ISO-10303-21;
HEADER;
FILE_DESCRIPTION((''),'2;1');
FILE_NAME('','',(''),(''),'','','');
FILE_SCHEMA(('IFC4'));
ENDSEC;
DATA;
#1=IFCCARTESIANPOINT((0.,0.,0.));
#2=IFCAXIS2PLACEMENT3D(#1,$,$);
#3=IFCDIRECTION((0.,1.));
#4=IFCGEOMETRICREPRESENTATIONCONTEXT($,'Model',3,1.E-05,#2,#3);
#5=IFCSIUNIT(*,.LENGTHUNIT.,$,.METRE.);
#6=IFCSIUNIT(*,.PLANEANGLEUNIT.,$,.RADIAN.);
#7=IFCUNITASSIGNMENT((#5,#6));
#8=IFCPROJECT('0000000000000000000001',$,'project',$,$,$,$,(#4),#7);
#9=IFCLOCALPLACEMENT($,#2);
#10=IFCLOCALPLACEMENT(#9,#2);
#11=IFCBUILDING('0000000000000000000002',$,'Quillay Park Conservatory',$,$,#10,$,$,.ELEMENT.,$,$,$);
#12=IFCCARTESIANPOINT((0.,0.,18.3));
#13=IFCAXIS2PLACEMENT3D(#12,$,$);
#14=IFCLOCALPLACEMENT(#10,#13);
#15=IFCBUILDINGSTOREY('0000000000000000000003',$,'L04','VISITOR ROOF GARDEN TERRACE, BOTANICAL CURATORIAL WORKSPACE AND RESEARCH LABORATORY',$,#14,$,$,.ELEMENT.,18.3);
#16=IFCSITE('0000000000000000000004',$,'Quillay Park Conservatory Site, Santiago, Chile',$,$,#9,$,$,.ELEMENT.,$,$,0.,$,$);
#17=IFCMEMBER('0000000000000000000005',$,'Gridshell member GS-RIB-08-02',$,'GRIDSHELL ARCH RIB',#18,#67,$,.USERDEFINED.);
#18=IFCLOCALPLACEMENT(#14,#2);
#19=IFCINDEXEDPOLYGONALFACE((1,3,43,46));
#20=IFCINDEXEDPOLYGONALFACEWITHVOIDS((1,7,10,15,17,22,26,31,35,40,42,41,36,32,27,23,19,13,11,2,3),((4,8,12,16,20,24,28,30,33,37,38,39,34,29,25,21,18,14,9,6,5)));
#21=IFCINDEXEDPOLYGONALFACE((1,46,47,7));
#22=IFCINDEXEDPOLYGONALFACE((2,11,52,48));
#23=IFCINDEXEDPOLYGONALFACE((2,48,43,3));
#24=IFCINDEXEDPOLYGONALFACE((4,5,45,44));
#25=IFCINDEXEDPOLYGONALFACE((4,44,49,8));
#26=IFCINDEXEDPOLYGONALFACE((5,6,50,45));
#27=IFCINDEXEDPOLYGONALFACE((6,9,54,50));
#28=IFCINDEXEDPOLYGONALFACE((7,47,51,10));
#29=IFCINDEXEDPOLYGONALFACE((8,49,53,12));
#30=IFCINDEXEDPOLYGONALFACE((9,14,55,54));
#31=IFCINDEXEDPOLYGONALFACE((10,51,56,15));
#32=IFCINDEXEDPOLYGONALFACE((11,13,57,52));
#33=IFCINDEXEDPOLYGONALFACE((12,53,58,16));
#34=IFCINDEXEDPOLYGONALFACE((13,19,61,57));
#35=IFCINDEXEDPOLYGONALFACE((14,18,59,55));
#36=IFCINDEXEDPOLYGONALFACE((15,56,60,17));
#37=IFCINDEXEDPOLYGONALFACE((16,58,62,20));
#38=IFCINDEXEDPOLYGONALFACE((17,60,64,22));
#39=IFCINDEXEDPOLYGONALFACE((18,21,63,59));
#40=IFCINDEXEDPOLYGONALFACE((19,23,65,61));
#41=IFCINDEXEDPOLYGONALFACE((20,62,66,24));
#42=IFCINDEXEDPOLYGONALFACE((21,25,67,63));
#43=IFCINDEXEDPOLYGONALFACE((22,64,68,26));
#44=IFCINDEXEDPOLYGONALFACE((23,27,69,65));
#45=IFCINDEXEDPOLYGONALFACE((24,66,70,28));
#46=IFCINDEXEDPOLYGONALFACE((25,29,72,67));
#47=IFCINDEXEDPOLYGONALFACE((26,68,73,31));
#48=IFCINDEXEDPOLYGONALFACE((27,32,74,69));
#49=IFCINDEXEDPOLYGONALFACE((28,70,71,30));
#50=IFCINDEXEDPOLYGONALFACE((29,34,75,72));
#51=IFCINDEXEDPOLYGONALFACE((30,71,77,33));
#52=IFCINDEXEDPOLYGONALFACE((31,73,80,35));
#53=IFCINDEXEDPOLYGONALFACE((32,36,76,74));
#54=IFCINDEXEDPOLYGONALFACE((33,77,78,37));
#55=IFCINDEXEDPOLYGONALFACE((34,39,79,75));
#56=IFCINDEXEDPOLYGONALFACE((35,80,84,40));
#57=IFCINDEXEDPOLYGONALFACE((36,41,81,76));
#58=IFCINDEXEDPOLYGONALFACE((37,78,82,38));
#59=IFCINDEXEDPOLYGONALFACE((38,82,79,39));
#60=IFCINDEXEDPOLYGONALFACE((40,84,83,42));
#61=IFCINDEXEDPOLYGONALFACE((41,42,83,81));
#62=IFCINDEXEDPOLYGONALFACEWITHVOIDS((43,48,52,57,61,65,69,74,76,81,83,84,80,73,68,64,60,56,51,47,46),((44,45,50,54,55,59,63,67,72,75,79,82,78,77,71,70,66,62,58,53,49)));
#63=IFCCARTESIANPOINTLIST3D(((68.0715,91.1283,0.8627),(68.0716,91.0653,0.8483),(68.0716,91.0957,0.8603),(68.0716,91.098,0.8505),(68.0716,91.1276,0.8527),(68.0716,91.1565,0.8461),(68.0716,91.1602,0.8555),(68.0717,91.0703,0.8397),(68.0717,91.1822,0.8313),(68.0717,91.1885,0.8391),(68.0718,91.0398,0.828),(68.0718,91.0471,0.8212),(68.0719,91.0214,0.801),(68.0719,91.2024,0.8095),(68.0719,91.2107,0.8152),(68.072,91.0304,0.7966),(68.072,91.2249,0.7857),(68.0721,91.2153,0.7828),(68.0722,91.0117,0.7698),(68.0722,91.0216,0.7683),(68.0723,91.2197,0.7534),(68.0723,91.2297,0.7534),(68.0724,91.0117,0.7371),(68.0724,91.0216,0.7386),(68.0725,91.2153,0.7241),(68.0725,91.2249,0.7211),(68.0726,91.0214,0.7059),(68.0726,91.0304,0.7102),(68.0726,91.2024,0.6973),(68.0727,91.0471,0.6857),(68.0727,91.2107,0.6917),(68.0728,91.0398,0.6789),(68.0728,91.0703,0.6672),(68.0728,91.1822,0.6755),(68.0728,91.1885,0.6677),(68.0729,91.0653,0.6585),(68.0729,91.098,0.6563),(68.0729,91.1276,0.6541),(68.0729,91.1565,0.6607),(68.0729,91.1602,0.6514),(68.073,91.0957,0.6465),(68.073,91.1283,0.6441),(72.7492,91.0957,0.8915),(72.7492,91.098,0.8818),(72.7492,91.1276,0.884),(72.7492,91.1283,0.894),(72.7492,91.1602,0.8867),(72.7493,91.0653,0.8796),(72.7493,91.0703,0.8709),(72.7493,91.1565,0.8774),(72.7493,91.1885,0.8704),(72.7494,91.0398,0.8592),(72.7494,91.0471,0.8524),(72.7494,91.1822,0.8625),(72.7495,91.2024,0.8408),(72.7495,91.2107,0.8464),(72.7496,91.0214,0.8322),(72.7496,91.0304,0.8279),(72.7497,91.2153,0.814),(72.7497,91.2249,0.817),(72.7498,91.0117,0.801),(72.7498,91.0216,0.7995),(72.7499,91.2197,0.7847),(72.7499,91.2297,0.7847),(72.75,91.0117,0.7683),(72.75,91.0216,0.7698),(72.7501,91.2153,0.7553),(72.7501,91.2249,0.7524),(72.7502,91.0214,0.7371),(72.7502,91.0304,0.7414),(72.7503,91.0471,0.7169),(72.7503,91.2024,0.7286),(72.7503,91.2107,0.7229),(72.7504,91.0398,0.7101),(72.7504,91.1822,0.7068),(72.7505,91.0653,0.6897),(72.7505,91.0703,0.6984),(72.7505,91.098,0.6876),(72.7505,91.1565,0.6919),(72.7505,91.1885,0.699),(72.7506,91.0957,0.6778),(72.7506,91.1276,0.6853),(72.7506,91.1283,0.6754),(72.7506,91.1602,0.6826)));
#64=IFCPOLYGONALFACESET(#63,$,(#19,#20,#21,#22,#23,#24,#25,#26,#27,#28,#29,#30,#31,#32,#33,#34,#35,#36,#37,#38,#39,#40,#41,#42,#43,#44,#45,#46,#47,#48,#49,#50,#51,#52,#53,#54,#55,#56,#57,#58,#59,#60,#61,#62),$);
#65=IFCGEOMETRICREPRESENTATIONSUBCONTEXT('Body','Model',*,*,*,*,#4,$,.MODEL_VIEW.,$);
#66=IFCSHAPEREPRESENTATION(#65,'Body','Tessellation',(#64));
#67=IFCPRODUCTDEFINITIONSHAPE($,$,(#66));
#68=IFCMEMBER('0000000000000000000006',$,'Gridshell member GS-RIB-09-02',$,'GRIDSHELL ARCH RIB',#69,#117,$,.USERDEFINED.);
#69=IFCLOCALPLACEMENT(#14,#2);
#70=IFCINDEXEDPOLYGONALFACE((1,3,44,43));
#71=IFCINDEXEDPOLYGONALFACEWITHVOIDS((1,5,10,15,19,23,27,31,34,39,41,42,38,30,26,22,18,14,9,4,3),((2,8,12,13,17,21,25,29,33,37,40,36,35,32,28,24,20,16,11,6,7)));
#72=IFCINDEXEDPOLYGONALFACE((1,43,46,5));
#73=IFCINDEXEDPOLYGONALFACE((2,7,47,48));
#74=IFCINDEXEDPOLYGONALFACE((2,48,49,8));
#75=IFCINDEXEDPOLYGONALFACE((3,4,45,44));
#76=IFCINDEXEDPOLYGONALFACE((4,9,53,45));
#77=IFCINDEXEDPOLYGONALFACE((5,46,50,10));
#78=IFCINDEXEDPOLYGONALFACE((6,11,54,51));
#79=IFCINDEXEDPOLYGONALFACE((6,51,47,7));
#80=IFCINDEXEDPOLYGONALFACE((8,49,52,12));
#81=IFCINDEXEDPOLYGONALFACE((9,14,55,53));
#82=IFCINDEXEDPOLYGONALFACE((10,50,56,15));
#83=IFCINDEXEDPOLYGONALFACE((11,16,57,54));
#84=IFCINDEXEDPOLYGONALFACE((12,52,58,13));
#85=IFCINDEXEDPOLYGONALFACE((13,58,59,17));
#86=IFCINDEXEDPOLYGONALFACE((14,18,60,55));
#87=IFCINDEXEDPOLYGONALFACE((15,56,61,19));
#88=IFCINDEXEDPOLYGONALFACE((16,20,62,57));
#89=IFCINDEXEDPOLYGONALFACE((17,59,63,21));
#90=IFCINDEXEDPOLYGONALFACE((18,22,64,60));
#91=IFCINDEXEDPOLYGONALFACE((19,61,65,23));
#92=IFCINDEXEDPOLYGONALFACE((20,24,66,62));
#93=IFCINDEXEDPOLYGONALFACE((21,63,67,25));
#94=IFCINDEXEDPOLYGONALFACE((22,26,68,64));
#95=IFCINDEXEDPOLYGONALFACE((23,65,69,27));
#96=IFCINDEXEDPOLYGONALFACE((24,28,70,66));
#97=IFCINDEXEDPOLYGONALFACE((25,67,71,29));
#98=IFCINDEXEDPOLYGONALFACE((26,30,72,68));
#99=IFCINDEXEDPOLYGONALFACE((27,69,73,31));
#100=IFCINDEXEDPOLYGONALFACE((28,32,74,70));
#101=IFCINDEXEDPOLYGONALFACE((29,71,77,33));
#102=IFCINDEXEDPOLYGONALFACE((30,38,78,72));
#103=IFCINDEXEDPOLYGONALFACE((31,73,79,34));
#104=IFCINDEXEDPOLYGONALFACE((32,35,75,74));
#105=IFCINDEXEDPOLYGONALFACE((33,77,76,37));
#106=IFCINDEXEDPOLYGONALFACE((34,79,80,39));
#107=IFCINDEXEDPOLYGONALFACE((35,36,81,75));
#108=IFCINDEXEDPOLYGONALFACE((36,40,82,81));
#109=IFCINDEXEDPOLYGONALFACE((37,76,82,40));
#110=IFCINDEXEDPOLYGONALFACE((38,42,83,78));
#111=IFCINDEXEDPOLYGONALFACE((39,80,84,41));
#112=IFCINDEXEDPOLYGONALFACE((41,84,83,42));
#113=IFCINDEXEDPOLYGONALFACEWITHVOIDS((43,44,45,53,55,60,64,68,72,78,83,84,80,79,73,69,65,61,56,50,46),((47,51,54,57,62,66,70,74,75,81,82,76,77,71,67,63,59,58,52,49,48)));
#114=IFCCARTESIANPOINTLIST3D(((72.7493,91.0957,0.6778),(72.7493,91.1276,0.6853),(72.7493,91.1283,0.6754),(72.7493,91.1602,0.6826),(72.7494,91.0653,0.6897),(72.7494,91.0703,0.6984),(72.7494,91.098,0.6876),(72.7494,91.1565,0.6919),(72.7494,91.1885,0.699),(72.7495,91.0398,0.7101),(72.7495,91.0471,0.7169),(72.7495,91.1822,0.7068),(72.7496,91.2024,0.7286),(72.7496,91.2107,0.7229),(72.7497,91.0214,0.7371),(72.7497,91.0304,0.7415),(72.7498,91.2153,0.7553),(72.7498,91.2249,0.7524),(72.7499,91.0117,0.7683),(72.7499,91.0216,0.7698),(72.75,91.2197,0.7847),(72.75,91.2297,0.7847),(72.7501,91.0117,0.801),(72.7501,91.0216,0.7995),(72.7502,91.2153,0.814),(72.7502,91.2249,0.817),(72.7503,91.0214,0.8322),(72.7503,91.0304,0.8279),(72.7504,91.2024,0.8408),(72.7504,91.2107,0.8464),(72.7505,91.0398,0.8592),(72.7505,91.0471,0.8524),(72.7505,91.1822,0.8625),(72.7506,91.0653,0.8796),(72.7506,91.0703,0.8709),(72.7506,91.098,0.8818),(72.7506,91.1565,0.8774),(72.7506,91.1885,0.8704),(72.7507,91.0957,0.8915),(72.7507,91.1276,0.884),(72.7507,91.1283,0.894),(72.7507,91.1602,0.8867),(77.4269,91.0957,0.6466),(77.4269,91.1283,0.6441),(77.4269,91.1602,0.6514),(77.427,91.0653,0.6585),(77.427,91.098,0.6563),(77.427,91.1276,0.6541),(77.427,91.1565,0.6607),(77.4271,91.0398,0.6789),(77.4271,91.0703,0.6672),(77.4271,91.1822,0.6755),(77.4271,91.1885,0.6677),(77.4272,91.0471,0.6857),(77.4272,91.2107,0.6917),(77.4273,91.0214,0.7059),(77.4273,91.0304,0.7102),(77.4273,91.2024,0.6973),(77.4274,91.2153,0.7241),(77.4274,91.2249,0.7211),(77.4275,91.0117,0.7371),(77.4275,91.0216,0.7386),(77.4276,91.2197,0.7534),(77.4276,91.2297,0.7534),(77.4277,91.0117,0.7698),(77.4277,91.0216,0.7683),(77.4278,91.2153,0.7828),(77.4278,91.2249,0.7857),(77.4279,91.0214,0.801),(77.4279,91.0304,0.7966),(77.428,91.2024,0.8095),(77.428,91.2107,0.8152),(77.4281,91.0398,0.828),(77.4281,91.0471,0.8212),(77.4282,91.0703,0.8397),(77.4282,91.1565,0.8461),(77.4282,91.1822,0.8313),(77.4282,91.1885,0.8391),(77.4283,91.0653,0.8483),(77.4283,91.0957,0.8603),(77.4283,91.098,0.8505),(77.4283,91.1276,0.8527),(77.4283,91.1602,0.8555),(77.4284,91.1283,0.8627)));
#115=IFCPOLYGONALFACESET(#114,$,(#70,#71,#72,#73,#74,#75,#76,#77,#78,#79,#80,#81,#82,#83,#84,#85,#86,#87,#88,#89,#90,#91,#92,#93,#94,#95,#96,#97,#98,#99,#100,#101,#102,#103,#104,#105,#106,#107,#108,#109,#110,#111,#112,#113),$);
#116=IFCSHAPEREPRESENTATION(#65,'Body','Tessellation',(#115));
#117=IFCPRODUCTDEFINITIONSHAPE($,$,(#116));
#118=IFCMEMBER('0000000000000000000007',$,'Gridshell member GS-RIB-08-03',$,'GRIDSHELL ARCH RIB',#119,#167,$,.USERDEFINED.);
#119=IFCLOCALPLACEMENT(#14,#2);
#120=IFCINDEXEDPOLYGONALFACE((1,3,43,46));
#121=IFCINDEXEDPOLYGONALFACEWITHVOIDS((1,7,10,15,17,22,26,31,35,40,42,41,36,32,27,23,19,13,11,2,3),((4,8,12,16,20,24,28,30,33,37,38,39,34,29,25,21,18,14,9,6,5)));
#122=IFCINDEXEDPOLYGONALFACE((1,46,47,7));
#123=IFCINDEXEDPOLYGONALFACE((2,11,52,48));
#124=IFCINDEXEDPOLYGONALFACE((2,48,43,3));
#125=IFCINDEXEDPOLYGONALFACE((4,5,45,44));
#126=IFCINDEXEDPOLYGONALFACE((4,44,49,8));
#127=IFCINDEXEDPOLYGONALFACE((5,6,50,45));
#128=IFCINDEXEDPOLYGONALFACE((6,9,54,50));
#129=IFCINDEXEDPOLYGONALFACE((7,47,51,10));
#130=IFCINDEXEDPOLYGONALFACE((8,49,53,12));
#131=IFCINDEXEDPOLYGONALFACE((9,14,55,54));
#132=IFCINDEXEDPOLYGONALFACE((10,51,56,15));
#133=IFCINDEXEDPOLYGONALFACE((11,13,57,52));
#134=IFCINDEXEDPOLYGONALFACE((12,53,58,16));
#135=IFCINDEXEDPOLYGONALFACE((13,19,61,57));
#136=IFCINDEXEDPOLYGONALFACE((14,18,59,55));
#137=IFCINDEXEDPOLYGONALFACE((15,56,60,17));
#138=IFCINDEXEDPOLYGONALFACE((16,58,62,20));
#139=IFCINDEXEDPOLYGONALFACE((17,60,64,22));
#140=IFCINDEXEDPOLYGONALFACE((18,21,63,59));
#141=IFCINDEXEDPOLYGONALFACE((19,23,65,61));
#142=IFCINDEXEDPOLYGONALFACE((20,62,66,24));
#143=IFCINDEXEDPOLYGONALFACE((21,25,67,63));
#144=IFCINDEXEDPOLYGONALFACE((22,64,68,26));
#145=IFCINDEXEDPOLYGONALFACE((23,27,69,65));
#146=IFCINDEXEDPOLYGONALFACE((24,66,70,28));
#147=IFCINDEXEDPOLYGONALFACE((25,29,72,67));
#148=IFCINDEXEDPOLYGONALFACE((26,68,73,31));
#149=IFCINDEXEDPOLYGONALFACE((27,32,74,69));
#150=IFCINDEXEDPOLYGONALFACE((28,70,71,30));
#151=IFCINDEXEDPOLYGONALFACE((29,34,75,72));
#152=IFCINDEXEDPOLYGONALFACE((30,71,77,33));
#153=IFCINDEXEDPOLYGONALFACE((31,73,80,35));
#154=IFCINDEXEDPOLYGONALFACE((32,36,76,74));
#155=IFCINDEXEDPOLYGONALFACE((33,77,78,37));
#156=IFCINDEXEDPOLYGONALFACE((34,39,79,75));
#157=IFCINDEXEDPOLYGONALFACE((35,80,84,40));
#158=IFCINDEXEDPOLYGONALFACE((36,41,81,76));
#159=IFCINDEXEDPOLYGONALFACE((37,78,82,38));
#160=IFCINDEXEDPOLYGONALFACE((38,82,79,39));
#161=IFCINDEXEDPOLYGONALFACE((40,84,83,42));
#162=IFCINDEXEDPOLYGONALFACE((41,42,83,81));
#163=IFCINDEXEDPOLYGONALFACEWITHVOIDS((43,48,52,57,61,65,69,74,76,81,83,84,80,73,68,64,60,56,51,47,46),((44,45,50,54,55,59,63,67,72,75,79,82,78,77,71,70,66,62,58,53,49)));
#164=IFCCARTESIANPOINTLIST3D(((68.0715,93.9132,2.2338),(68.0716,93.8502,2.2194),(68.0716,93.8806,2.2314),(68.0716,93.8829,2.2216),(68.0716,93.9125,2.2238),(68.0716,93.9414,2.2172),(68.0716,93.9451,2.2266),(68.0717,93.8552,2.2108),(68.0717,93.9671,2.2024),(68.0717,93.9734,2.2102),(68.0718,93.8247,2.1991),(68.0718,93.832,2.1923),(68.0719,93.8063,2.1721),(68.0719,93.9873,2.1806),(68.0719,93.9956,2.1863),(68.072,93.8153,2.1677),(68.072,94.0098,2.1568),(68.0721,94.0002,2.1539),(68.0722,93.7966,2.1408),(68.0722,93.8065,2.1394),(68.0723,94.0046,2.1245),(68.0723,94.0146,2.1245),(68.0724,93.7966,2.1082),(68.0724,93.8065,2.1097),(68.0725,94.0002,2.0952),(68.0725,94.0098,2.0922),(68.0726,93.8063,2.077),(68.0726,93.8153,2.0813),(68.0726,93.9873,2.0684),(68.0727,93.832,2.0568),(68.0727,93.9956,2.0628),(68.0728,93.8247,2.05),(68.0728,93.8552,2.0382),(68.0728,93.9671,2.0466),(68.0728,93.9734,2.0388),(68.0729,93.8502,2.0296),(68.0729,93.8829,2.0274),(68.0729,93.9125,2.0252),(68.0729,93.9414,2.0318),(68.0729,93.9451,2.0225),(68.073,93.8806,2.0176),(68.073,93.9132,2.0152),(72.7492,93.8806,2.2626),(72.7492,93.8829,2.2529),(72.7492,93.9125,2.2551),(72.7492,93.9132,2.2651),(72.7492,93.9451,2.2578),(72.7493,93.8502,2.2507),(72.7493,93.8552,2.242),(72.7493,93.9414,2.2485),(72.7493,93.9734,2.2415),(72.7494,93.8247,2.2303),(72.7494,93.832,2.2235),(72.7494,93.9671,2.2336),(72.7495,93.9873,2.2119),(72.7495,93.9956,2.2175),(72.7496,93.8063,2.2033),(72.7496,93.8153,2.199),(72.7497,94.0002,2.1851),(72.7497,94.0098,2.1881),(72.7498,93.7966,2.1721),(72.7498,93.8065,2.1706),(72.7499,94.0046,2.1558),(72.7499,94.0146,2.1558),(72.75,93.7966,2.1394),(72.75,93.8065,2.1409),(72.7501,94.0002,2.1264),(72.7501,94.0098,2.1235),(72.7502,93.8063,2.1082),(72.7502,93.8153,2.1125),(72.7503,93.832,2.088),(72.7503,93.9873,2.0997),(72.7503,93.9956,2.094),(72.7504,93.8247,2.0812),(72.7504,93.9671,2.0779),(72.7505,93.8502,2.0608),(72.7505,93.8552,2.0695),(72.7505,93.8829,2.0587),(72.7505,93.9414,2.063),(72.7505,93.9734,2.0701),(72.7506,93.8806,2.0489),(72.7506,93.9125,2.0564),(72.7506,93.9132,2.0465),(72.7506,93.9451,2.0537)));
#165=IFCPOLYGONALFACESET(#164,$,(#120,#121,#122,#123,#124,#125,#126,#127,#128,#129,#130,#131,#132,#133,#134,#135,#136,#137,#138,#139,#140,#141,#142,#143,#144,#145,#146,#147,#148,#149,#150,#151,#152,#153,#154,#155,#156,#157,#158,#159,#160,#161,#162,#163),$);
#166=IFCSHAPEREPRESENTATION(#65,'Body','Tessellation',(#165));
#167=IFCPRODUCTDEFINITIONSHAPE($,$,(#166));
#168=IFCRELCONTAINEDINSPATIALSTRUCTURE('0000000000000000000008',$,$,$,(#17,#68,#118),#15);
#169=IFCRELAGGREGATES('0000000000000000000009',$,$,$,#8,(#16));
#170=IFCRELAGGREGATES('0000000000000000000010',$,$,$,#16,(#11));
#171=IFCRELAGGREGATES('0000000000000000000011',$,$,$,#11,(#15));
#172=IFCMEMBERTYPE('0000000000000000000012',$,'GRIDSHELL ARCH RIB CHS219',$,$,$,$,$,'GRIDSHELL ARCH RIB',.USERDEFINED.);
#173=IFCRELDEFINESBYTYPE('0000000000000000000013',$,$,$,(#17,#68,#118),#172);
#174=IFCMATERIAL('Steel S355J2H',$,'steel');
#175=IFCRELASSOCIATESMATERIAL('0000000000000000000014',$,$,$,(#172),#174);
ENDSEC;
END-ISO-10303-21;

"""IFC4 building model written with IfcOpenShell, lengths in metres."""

from ifc_helpers import new_model, si_unit, direction, frame, origin, origin_2d, place, context, subcontext, project, spatial, hollow_circle, extrude, material, material_profile, profile_set, type_object, element, save


model = new_model("IFC4")

# Units and contexts
model_context = context("Model", 3, precision=1e-05, world=origin(), true_north=direction((0.0, 1.0)))
body_context = subcontext(model_context, "Body", "Model", "MODEL_VIEW")
ifc_project = project(units=[si_unit("LENGTHUNIT", "METRE"), si_unit("PLANEANGLEUNIT", "RADIAN")], contexts=[model_context])

# Site, building, storey
site_placement = place(None, origin())
site = spatial("IfcSite", under=ifc_project, at=site_placement, Name="Quillay Park Conservatory Site, Santiago, Chile", CompositionType="ELEMENT", RefElevation=0.0)
building_placement = place(site_placement, origin())
building = spatial("IfcBuilding", under=site, at=building_placement, Name="Quillay Park Conservatory", CompositionType="ELEMENT")
storey_placement = place(building_placement, frame((0.0, 0.0, 18.3)))
storey = spatial("IfcBuildingStorey", under=building, at=storey_placement, Name="L04", Description="VISITOR ROOF GARDEN TERRACE, BOTANICAL CURATORIAL WORKSPACE AND RESEARCH LABORATORY", CompositionType="ELEMENT", Elevation=18.3)

# Members
ifc_material_1 = material(Name="Steel S355J2H", Category="steel")
ifc_material_profile_1 = material_profile(ifc_material_1, hollow_circle(Radius=0.1096, WallThickness=0.01, at=origin_2d()), Name="CHS219.1x10")
ifc_profile_set_1 = profile_set([ifc_material_profile_1], Name="Steel S355J2H")
member_type = type_object("IfcMemberType", Name="GRIDSHELL ARCH RIB CHS219", ElementType="GRIDSHELL ARCH RIB", PredefinedType="USERDEFINED", material=ifc_profile_set_1)
for number, where, z_axis, x_axis, name in (
    (1, (68.0723, 91.1201, 0.7534), (0.999978, 0.0, 0.00668), (0.0, 1.0, 0.0), "Gridshell member GS-RIB-08-02"),
    (2, (72.75, 91.1201, 0.7847), (0.999978, 0.0, -0.00668), (0.0, 1.0, 0.0), "Gridshell member GS-RIB-09-02"),
    (3, (68.0723, 93.905, 2.1245), (0.999978, 0.0, 0.00668), (0.0, 1.0, 0.0), "Gridshell member GS-RIB-08-03"),
):
    element("IfcMember", number, at=place(storey_placement, frame(where, z_axis=z_axis, x_axis=x_axis)), inside=storey, type_object=member_type, Name=name, ObjectType="GRIDSHELL ARCH RIB", PredefinedType="USERDEFINED", context=body_context, shape_type="SweptSolid", body=[
        extrude(hollow_circle(Radius=0.1096, WallThickness=0.01, at=origin_2d()), origin(), (0.0, 0.0, 1.0), 4.6777),
    ])

save(model, "model.ifc")
